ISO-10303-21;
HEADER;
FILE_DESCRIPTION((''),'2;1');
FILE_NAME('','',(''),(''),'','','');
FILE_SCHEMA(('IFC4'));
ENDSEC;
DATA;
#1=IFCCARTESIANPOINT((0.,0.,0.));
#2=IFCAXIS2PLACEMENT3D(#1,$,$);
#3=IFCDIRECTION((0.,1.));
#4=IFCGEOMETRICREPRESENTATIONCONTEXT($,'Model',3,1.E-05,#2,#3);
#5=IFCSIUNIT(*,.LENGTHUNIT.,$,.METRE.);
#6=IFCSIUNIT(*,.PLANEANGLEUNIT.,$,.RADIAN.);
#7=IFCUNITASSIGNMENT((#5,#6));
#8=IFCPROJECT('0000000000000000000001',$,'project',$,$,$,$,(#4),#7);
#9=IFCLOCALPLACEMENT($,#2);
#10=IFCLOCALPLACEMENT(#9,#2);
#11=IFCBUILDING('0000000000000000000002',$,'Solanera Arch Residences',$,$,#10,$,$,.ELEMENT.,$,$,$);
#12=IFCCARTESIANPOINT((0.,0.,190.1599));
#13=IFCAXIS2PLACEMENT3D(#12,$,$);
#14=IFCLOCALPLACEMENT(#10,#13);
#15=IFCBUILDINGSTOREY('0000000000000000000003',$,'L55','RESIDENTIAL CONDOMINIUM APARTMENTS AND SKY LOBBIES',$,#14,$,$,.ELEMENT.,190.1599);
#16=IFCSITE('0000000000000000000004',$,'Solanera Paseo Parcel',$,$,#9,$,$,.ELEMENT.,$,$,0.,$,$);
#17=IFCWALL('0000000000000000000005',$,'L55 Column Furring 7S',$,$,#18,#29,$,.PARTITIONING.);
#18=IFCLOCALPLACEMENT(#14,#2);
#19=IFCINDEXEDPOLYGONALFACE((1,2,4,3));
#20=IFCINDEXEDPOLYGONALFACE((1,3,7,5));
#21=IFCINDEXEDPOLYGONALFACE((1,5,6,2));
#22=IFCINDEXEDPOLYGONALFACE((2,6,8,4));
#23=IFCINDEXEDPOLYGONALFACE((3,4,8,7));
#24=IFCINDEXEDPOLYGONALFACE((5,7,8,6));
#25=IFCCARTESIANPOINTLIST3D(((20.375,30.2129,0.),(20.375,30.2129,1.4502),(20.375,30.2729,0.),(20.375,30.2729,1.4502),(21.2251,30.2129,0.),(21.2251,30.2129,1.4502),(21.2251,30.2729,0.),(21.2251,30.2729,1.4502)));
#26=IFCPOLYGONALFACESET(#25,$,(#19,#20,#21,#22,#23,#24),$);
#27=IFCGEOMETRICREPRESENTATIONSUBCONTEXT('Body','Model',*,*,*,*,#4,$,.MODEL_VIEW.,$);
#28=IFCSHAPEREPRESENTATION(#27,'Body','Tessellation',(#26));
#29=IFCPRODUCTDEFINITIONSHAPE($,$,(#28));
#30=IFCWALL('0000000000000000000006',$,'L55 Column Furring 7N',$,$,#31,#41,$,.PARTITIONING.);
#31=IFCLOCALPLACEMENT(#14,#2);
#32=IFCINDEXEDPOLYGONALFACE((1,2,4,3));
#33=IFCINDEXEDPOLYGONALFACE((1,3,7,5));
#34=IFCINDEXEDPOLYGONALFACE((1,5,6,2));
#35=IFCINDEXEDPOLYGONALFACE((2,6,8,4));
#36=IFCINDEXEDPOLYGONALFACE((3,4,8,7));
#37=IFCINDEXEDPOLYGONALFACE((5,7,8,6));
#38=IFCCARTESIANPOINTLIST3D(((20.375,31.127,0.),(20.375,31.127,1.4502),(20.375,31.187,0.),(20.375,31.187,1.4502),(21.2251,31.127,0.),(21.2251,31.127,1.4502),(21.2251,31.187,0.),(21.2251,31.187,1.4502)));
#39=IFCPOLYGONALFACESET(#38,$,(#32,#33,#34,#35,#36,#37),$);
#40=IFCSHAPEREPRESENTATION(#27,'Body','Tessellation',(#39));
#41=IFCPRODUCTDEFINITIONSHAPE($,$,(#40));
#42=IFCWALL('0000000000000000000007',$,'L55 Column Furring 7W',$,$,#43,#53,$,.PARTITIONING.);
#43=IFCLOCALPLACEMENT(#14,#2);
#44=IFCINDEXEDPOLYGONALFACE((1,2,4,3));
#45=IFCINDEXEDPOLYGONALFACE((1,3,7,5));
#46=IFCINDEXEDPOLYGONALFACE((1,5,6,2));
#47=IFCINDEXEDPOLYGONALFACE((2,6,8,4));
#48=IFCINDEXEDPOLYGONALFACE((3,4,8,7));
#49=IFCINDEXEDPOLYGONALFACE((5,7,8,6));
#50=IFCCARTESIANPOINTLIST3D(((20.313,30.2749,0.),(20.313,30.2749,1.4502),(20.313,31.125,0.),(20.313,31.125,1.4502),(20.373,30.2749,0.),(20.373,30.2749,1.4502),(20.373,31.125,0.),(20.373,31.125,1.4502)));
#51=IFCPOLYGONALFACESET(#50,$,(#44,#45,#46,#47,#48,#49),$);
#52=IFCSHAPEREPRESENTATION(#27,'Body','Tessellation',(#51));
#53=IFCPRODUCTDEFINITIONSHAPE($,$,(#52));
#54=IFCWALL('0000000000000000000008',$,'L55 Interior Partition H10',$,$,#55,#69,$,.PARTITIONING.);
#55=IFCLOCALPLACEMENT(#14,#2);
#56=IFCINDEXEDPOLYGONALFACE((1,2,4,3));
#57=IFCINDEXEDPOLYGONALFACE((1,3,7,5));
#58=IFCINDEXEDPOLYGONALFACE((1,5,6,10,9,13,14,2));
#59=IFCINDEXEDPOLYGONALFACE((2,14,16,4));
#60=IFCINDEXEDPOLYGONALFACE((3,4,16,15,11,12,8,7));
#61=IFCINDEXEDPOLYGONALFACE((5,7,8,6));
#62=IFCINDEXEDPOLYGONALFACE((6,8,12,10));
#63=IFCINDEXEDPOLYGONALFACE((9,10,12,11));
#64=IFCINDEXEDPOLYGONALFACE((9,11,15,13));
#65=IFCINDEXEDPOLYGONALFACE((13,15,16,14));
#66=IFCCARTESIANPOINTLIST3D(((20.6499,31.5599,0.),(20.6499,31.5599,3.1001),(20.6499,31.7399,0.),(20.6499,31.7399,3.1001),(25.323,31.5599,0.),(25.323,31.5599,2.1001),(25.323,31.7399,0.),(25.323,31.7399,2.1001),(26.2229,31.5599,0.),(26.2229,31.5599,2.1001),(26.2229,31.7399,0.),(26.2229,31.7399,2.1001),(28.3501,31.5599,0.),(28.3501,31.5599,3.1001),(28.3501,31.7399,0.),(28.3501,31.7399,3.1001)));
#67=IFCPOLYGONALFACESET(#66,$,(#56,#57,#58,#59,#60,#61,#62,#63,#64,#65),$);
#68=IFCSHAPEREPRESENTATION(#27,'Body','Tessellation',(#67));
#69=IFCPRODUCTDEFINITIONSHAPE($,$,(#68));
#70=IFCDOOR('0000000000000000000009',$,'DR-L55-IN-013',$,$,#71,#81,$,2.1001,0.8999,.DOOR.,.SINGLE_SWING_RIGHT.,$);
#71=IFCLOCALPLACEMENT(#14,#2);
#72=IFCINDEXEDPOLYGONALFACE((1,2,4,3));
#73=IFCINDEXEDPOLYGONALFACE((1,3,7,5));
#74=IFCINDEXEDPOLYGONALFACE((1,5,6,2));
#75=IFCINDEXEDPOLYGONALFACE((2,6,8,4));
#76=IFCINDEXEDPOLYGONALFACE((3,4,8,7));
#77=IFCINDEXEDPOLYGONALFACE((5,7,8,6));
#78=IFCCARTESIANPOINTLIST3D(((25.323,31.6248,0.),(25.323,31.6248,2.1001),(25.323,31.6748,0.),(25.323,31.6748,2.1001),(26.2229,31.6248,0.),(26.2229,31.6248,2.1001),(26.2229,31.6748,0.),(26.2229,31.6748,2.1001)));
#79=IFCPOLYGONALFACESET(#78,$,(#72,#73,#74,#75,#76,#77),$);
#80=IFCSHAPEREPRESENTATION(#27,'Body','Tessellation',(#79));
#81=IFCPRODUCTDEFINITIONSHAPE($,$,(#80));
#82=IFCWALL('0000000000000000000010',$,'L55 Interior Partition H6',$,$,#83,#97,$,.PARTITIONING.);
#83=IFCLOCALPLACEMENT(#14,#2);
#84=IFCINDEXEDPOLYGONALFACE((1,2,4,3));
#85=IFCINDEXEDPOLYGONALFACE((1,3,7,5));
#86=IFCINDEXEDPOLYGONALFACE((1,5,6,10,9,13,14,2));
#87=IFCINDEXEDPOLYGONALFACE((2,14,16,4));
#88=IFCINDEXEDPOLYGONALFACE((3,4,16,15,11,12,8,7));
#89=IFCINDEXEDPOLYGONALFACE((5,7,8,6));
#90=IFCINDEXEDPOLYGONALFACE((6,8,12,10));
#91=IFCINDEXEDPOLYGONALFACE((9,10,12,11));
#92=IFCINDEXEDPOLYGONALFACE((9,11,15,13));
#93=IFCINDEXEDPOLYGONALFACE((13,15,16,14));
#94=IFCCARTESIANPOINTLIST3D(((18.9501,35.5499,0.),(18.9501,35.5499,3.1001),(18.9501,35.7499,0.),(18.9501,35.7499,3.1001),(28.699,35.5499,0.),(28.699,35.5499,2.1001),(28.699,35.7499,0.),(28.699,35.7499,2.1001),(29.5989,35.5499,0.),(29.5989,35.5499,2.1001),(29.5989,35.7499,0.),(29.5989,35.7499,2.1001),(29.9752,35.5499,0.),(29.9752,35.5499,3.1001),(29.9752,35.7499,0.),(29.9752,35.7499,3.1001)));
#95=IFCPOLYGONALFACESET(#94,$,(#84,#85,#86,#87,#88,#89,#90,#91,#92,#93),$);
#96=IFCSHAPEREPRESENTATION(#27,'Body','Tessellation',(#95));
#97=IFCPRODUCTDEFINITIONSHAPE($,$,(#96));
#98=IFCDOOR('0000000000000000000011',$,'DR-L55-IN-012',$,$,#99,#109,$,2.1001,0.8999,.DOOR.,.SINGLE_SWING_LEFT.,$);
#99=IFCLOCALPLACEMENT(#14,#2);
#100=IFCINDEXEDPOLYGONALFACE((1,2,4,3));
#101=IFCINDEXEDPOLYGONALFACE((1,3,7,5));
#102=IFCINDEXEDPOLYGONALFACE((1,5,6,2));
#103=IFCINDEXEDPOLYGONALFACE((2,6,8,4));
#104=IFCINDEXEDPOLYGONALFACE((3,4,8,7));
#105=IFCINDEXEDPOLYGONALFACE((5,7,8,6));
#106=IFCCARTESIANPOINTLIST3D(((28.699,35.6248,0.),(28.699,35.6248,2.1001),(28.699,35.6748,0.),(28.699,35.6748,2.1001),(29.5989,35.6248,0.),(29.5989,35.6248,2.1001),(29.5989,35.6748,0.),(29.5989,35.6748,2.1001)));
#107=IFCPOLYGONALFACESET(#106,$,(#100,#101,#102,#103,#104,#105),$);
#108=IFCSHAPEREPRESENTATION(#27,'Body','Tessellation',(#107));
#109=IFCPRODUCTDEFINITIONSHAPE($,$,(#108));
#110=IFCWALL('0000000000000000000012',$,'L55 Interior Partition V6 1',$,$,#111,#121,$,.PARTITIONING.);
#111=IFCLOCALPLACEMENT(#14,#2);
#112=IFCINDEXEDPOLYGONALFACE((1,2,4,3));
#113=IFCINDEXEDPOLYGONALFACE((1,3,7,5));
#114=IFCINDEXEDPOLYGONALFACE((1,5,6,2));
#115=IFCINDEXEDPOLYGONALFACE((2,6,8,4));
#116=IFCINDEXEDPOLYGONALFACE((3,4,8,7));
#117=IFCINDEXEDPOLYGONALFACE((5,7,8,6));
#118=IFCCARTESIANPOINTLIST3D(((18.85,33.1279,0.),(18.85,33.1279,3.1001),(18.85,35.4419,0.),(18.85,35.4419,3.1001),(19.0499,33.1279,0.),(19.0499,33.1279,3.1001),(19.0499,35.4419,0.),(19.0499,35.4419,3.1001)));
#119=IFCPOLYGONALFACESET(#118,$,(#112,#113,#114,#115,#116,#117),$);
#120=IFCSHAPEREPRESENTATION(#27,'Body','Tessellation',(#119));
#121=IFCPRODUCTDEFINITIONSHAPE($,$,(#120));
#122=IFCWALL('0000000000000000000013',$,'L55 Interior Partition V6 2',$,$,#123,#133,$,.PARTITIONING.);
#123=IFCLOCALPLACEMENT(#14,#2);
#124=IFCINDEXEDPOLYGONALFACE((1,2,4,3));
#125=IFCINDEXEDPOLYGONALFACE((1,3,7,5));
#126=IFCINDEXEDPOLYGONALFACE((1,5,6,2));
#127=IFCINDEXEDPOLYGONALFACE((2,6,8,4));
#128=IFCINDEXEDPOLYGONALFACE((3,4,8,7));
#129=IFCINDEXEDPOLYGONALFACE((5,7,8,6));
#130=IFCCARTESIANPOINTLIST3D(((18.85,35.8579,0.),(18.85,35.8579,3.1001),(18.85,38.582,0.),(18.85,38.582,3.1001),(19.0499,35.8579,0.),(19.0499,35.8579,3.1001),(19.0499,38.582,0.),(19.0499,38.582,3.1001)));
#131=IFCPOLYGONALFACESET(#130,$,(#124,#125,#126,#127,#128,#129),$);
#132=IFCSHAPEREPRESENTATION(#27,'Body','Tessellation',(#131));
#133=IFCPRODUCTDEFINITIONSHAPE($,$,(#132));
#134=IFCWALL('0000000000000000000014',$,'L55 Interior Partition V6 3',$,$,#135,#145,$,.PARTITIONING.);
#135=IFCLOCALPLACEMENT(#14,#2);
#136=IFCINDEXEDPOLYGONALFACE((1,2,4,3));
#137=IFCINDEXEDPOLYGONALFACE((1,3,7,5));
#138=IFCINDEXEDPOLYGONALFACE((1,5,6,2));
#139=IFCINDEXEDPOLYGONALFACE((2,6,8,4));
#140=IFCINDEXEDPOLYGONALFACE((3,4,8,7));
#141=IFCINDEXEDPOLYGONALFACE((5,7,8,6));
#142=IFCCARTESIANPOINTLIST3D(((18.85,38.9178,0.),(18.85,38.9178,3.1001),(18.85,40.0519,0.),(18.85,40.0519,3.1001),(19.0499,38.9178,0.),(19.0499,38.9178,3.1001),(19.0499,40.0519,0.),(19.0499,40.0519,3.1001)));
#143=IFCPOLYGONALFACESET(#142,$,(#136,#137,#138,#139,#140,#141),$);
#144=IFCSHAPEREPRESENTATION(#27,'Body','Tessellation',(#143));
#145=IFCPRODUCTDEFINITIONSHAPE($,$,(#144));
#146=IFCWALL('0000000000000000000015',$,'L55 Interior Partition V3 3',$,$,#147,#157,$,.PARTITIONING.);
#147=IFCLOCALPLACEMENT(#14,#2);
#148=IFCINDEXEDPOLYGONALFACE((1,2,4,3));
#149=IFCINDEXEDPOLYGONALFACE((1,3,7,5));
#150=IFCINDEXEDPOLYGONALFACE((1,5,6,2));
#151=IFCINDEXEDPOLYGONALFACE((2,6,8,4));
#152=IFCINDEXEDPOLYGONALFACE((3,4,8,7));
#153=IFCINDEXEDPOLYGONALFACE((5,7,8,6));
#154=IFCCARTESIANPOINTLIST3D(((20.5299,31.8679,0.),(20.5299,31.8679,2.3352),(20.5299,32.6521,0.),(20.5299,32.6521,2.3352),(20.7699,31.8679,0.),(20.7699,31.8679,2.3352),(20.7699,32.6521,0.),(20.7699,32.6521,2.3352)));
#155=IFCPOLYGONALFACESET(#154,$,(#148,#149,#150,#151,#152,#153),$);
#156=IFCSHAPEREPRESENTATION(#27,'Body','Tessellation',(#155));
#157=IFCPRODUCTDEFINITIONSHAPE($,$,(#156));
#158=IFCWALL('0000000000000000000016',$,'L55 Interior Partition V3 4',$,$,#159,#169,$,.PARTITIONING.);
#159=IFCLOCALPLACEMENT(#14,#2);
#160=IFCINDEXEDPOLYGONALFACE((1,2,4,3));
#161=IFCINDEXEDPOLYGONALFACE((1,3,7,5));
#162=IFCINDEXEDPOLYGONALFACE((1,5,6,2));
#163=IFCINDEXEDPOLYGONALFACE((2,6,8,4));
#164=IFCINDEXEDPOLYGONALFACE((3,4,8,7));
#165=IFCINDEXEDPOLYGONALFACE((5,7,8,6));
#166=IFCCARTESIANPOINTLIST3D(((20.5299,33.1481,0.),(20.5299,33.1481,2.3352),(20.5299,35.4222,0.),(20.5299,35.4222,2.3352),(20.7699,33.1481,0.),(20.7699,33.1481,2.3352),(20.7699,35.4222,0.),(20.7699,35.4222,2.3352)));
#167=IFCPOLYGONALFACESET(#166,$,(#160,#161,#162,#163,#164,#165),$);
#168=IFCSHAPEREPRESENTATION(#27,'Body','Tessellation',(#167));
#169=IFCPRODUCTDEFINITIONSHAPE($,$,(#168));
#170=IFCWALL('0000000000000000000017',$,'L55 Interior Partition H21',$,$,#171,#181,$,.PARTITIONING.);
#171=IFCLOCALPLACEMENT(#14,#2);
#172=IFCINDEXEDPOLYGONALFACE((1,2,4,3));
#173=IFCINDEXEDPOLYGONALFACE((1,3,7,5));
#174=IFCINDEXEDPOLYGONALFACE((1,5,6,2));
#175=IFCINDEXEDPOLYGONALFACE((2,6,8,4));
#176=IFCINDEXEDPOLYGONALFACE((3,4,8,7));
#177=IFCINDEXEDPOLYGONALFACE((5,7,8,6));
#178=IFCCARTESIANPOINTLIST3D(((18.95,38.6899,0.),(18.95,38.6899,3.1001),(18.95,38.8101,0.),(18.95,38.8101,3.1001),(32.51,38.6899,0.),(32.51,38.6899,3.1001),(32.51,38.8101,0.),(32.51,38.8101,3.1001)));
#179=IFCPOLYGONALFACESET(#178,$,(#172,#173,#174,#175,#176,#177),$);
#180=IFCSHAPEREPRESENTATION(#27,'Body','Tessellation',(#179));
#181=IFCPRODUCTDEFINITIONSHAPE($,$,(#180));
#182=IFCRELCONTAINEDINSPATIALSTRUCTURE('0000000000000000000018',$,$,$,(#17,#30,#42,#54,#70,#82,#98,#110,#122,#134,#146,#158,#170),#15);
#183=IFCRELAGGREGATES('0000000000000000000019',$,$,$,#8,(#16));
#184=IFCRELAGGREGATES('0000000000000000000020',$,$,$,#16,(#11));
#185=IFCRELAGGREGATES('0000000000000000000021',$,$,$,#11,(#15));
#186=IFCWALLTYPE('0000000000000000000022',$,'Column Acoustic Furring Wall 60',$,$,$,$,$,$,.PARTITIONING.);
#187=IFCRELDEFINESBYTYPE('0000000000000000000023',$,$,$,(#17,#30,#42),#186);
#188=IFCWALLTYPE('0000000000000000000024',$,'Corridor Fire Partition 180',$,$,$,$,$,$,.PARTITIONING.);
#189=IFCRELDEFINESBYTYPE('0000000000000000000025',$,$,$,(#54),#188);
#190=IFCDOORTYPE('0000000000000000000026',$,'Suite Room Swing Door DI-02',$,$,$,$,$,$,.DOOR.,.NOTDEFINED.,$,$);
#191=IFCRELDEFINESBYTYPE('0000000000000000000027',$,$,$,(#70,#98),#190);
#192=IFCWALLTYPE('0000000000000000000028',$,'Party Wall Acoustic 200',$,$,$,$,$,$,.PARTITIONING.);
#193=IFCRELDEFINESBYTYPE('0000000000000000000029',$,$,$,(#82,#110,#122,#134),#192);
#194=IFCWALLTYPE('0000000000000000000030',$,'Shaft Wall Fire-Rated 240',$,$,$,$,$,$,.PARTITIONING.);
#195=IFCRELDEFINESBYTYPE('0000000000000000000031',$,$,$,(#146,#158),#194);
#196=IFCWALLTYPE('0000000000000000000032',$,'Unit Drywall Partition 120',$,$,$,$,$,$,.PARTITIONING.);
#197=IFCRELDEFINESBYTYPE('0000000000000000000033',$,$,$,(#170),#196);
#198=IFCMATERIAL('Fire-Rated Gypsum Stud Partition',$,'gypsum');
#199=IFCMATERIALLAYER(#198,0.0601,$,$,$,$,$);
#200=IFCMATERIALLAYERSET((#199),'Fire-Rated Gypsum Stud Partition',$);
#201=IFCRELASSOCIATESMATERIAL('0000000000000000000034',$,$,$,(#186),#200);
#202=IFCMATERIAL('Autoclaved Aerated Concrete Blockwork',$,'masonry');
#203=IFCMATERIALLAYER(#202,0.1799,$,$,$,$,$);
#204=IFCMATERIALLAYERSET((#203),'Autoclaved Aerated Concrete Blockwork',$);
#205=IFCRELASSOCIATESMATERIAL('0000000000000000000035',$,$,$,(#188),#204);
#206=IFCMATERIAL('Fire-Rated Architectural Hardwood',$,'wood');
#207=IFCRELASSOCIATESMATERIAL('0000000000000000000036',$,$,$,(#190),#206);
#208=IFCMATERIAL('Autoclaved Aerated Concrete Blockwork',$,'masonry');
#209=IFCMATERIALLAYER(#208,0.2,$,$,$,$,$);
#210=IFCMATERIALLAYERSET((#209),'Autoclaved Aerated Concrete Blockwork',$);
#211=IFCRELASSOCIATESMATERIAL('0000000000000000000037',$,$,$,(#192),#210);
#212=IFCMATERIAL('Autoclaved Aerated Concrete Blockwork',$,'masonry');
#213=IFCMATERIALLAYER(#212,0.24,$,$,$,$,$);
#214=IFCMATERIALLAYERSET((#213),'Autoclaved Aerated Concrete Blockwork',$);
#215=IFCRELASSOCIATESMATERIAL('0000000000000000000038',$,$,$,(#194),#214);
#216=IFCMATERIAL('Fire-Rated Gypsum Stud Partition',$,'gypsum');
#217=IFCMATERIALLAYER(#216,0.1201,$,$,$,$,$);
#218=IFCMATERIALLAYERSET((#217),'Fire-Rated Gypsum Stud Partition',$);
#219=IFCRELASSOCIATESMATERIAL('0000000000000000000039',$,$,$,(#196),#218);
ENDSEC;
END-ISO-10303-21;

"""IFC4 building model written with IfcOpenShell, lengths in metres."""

from ifc_helpers import new_model, si_unit, direction, frame, frame_2d, origin, place, context, subcontext, project, spatial, rectangle, extrude, material, layer, layer_set, type_object, element, fill, save


model = new_model("IFC4")

# Units and contexts
model_context = context("Model", 3, precision=1e-05, world=origin(), true_north=direction((0.0, 1.0)))
body_context = subcontext(model_context, "Body", "Model", "MODEL_VIEW")
ifc_project = project(units=[si_unit("LENGTHUNIT", "METRE"), si_unit("PLANEANGLEUNIT", "RADIAN")], contexts=[model_context])

# Site, building, storey
site_placement = place(None, origin())
site = spatial("IfcSite", under=ifc_project, at=site_placement, Name="Solanera Paseo Parcel", CompositionType="ELEMENT", RefElevation=0.0)
building_placement = place(site_placement, origin())
building = spatial("IfcBuilding", under=site, at=building_placement, Name="Solanera Arch Residences", CompositionType="ELEMENT")
storey_placement = place(building_placement, frame((0.0, 0.0, 190.1599)))
storey = spatial("IfcBuildingStorey", under=building, at=storey_placement, Name="L55", Description="RESIDENTIAL CONDOMINIUM APARTMENTS AND SKY LOBBIES", CompositionType="ELEMENT", Elevation=190.1599)

# Walls
ifc_material_1 = material(Name="Fire-Rated Gypsum Stud Partition", Category="gypsum")
ifc_layer_1 = layer(ifc_material_1, 0.0601)
ifc_layer_set_1 = layer_set([ifc_layer_1], Name="Fire-Rated Gypsum Stud Partition")
wall_type_1 = type_object("IfcWallType", Name="Column Acoustic Furring Wall 60", PredefinedType="PARTITIONING", material=ifc_layer_set_1)
for number, where, z_axis, x_axis, name in (
    (1, (20.375, 30.2429, 0.0), (0.0, 0.0, 1.0), (1.0, 0.0, 0.0), "L55 Column Furring 7S"),
    (2, (20.375, 31.157, 0.0), (0.0, 0.0, 1.0), (1.0, 0.0, 0.0), "L55 Column Furring 7N"),
    (3, (20.343, 30.2749, 0.0), (0.0, 0.0, 1.0), (0.0, 1.0, 0.0), "L55 Column Furring 7W"),
):
    element("IfcWall", number, at=place(storey_placement, frame(where, z_axis=z_axis, x_axis=x_axis)), inside=storey, type_object=wall_type_1, Name=name, PredefinedType="PARTITIONING", context=body_context, shape_type="SweptSolid", body=[
        extrude(rectangle(XDim=0.8501, YDim=0.0601, at=frame_2d((0.425, 0.0))), origin(), (0.0, 0.0, 1.0), 1.4502),
    ])

# Walls, openings, doors
ifc_material_2 = material(Name="Autoclaved Aerated Concrete Blockwork", Category="masonry")
ifc_layer_2 = layer(ifc_material_2, 0.1799)
ifc_layer_set_2 = layer_set([ifc_layer_2], Name="Autoclaved Aerated Concrete Blockwork")
wall_type_2 = type_object("IfcWallType", Name="Corridor Fire Partition 180", PredefinedType="PARTITIONING", material=ifc_layer_set_2)
wall_1_placement = place(storey_placement, frame((20.6499, 31.6499, 0.0), z_axis=(0.0, 0.0, 1.0), x_axis=(1.0, 0.0, 0.0)))
wall_1 = element("IfcWall", 4, at=wall_1_placement, inside=storey, type_object=wall_type_2, Name="L55 Interior Partition H10", PredefinedType="PARTITIONING", context=body_context, shape_type="SweptSolid", body=[
    extrude(rectangle(XDim=7.7002, YDim=0.1799, at=frame_2d((3.8501, 0.0))), origin(), (0.0, 0.0, 1.0), 3.1001),
])
opening_1_placement = place(wall_1_placement, frame((4.6731, 0.0, 0.0)))
opening_1 = element("IfcOpeningElement", 5, at=opening_1_placement, cuts=wall_1, PredefinedType="OPENING", context=body_context, shape_type="SweptSolid", body=[
    extrude(rectangle(XDim=0.8999, YDim=2.1001, at=frame_2d((0.45, 1.05))), frame((0.0, 0.1001, 0.0), z_axis=(0.0, -1.0, 0.0), x_axis=(1.0, 0.0, 0.0)), (0.0, 0.0, 1.0), 0.1999),
])
ifc_material_3 = material(Name="Fire-Rated Architectural Hardwood", Category="wood")
door_type_1 = type_object("IfcDoorType", Name="Suite Room Swing Door DI-02", OperationType="NOTDEFINED", PredefinedType="DOOR", material=ifc_material_3)
door_1_placement = place(opening_1_placement, origin())
door_1 = element("IfcDoor", 6, at=door_1_placement, inside=storey, type_object=door_type_1, Name="DR-L55-IN-013", OperationType="SINGLE_SWING_RIGHT", OverallHeight=2.1001, OverallWidth=0.8999, PredefinedType="DOOR", context=body_context, shape_type="SweptSolid", body=[
    extrude(rectangle(XDim=0.8999, YDim=2.1001, at=frame_2d((0.45, 1.05))), frame((0.0, 0.0249, 0.0), z_axis=(0.0, -1.0, 0.0), x_axis=(1.0, 0.0, 0.0)), (0.0, 0.0, 1.0), 0.05),
])
fill(opening_1, door_1)
ifc_material_4 = material(Name="Autoclaved Aerated Concrete Blockwork", Category="masonry")
ifc_layer_3 = layer(ifc_material_4, 0.2)
ifc_layer_set_3 = layer_set([ifc_layer_3], Name="Autoclaved Aerated Concrete Blockwork")
wall_type_3 = type_object("IfcWallType", Name="Party Wall Acoustic 200", PredefinedType="PARTITIONING", material=ifc_layer_set_3)
wall_2_placement = place(storey_placement, frame((18.95, 35.6499, 0.0), z_axis=(0.0, 0.0, 1.0), x_axis=(1.0, 0.0, 0.0)))
wall_2 = element("IfcWall", 7, at=wall_2_placement, inside=storey, type_object=wall_type_3, Name="L55 Interior Partition H6", PredefinedType="PARTITIONING", context=body_context, shape_type="SweptSolid", body=[
    extrude(rectangle(XDim=11.0251, YDim=0.2, at=frame_2d((5.5127, 0.0))), origin(), (0.0, 0.0, 1.0), 3.1001),
])
opening_2_placement = place(wall_2_placement, frame((9.749, 0.0, 0.0)))
opening_2 = element("IfcOpeningElement", 8, at=opening_2_placement, cuts=wall_2, PredefinedType="OPENING", context=body_context, shape_type="SweptSolid", body=[
    extrude(rectangle(XDim=0.8999, YDim=2.1001, at=frame_2d((0.45, 1.05))), frame((0.0, 0.1101, 0.0), z_axis=(0.0, -1.0, 0.0), x_axis=(1.0, 0.0, 0.0)), (0.0, 0.0, 1.0), 0.22),
])
door_2_placement = place(opening_2_placement, origin())
door_2 = element("IfcDoor", 9, at=door_2_placement, inside=storey, type_object=door_type_1, Name="DR-L55-IN-012", OperationType="SINGLE_SWING_LEFT", OverallHeight=2.1001, OverallWidth=0.8999, PredefinedType="DOOR", context=body_context, shape_type="SweptSolid", body=[
    extrude(rectangle(XDim=0.8999, YDim=2.1001, at=frame_2d((0.45, 1.05))), frame((0.0, 0.0249, 0.0), z_axis=(0.0, -1.0, 0.0), x_axis=(1.0, 0.0, 0.0)), (0.0, 0.0, 1.0), 0.05),
])
fill(opening_2, door_2)

# Walls
wall_3_placement = place(storey_placement, frame((18.95, 33.1279, 0.0), z_axis=(0.0, 0.0, 1.0), x_axis=(0.0, 1.0, 0.0)))
element("IfcWall", 10, at=wall_3_placement, inside=storey, type_object=wall_type_3, Name="L55 Interior Partition V6 1", PredefinedType="PARTITIONING", context=body_context, shape_type="SweptSolid", body=[
    extrude(rectangle(XDim=2.314, YDim=0.2, at=frame_2d((1.157, 0.0))), origin(), (0.0, 0.0, 1.0), 3.1001),
])
wall_4_placement = place(storey_placement, frame((18.95, 35.8579, 0.0), z_axis=(0.0, 0.0, 1.0), x_axis=(0.0, 1.0, 0.0)))
element("IfcWall", 11, at=wall_4_placement, inside=storey, type_object=wall_type_3, Name="L55 Interior Partition V6 2", PredefinedType="PARTITIONING", context=body_context, shape_type="SweptSolid", body=[
    extrude(rectangle(XDim=2.7241, YDim=0.2, at=frame_2d((1.3621, 0.0))), origin(), (0.0, 0.0, 1.0), 3.1001),
])
wall_5_placement = place(storey_placement, frame((18.95, 38.918, 0.0), z_axis=(0.0, 0.0, 1.0), x_axis=(0.0, 1.0, 0.0)))
element("IfcWall", 12, at=wall_5_placement, inside=storey, type_object=wall_type_3, Name="L55 Interior Partition V6 3", PredefinedType="PARTITIONING", context=body_context, shape_type="SweptSolid", body=[
    extrude(rectangle(XDim=1.134, YDim=0.2, at=frame_2d((0.5669, 0.0))), origin(), (0.0, 0.0, 1.0), 3.1001),
])

# Shared definitions
ifc_material_5 = material(Name="Autoclaved Aerated Concrete Blockwork", Category="masonry")
ifc_layer_4 = layer(ifc_material_5, 0.24)
ifc_layer_set_4 = layer_set([ifc_layer_4], Name="Autoclaved Aerated Concrete Blockwork")
wall_type_4 = type_object("IfcWallType", Name="Shaft Wall Fire-Rated 240", PredefinedType="PARTITIONING", material=ifc_layer_set_4)

# Walls
wall_6_placement = place(storey_placement, frame((20.6499, 31.8679, 0.0), z_axis=(0.0, 0.0, 1.0), x_axis=(0.0, 1.0, 0.0)))
element("IfcWall", 13, at=wall_6_placement, inside=storey, type_object=wall_type_4, Name="L55 Interior Partition V3 3", PredefinedType="PARTITIONING", context=body_context, shape_type="SweptSolid", body=[
    extrude(rectangle(XDim=0.7842, YDim=0.24, at=frame_2d((0.3921, 0.0))), origin(), (0.0, 0.0, 1.0), 2.3352),
])
wall_7_placement = place(storey_placement, frame((20.6499, 33.1479, 0.0), z_axis=(0.0, 0.0, 1.0), x_axis=(0.0, 1.0, 0.0)))
element("IfcWall", 14, at=wall_7_placement, inside=storey, type_object=wall_type_4, Name="L55 Interior Partition V3 4", PredefinedType="PARTITIONING", context=body_context, shape_type="SweptSolid", body=[
    extrude(rectangle(XDim=2.2742, YDim=0.24, at=frame_2d((1.1372, 0.0))), origin(), (0.0, 0.0, 1.0), 2.3352),
])
ifc_material_6 = material(Name="Fire-Rated Gypsum Stud Partition", Category="gypsum")
ifc_layer_5 = layer(ifc_material_6, 0.1201)
ifc_layer_set_5 = layer_set([ifc_layer_5], Name="Fire-Rated Gypsum Stud Partition")
wall_type_5 = type_object("IfcWallType", Name="Unit Drywall Partition 120", PredefinedType="PARTITIONING", material=ifc_layer_set_5)
wall_8_placement = place(storey_placement, frame((18.95, 38.75, 0.0), z_axis=(0.0, 0.0, 1.0), x_axis=(1.0, 0.0, 0.0)))
element("IfcWall", 15, at=wall_8_placement, inside=storey, type_object=wall_type_5, Name="L55 Interior Partition H21", PredefinedType="PARTITIONING", context=body_context, shape_type="SweptSolid", body=[
    extrude(rectangle(XDim=13.5601, YDim=0.1201, at=frame_2d((6.78, 0.0))), origin(), (0.0, 0.0, 1.0), 3.1001),
])

save(model, "model.ifc")
